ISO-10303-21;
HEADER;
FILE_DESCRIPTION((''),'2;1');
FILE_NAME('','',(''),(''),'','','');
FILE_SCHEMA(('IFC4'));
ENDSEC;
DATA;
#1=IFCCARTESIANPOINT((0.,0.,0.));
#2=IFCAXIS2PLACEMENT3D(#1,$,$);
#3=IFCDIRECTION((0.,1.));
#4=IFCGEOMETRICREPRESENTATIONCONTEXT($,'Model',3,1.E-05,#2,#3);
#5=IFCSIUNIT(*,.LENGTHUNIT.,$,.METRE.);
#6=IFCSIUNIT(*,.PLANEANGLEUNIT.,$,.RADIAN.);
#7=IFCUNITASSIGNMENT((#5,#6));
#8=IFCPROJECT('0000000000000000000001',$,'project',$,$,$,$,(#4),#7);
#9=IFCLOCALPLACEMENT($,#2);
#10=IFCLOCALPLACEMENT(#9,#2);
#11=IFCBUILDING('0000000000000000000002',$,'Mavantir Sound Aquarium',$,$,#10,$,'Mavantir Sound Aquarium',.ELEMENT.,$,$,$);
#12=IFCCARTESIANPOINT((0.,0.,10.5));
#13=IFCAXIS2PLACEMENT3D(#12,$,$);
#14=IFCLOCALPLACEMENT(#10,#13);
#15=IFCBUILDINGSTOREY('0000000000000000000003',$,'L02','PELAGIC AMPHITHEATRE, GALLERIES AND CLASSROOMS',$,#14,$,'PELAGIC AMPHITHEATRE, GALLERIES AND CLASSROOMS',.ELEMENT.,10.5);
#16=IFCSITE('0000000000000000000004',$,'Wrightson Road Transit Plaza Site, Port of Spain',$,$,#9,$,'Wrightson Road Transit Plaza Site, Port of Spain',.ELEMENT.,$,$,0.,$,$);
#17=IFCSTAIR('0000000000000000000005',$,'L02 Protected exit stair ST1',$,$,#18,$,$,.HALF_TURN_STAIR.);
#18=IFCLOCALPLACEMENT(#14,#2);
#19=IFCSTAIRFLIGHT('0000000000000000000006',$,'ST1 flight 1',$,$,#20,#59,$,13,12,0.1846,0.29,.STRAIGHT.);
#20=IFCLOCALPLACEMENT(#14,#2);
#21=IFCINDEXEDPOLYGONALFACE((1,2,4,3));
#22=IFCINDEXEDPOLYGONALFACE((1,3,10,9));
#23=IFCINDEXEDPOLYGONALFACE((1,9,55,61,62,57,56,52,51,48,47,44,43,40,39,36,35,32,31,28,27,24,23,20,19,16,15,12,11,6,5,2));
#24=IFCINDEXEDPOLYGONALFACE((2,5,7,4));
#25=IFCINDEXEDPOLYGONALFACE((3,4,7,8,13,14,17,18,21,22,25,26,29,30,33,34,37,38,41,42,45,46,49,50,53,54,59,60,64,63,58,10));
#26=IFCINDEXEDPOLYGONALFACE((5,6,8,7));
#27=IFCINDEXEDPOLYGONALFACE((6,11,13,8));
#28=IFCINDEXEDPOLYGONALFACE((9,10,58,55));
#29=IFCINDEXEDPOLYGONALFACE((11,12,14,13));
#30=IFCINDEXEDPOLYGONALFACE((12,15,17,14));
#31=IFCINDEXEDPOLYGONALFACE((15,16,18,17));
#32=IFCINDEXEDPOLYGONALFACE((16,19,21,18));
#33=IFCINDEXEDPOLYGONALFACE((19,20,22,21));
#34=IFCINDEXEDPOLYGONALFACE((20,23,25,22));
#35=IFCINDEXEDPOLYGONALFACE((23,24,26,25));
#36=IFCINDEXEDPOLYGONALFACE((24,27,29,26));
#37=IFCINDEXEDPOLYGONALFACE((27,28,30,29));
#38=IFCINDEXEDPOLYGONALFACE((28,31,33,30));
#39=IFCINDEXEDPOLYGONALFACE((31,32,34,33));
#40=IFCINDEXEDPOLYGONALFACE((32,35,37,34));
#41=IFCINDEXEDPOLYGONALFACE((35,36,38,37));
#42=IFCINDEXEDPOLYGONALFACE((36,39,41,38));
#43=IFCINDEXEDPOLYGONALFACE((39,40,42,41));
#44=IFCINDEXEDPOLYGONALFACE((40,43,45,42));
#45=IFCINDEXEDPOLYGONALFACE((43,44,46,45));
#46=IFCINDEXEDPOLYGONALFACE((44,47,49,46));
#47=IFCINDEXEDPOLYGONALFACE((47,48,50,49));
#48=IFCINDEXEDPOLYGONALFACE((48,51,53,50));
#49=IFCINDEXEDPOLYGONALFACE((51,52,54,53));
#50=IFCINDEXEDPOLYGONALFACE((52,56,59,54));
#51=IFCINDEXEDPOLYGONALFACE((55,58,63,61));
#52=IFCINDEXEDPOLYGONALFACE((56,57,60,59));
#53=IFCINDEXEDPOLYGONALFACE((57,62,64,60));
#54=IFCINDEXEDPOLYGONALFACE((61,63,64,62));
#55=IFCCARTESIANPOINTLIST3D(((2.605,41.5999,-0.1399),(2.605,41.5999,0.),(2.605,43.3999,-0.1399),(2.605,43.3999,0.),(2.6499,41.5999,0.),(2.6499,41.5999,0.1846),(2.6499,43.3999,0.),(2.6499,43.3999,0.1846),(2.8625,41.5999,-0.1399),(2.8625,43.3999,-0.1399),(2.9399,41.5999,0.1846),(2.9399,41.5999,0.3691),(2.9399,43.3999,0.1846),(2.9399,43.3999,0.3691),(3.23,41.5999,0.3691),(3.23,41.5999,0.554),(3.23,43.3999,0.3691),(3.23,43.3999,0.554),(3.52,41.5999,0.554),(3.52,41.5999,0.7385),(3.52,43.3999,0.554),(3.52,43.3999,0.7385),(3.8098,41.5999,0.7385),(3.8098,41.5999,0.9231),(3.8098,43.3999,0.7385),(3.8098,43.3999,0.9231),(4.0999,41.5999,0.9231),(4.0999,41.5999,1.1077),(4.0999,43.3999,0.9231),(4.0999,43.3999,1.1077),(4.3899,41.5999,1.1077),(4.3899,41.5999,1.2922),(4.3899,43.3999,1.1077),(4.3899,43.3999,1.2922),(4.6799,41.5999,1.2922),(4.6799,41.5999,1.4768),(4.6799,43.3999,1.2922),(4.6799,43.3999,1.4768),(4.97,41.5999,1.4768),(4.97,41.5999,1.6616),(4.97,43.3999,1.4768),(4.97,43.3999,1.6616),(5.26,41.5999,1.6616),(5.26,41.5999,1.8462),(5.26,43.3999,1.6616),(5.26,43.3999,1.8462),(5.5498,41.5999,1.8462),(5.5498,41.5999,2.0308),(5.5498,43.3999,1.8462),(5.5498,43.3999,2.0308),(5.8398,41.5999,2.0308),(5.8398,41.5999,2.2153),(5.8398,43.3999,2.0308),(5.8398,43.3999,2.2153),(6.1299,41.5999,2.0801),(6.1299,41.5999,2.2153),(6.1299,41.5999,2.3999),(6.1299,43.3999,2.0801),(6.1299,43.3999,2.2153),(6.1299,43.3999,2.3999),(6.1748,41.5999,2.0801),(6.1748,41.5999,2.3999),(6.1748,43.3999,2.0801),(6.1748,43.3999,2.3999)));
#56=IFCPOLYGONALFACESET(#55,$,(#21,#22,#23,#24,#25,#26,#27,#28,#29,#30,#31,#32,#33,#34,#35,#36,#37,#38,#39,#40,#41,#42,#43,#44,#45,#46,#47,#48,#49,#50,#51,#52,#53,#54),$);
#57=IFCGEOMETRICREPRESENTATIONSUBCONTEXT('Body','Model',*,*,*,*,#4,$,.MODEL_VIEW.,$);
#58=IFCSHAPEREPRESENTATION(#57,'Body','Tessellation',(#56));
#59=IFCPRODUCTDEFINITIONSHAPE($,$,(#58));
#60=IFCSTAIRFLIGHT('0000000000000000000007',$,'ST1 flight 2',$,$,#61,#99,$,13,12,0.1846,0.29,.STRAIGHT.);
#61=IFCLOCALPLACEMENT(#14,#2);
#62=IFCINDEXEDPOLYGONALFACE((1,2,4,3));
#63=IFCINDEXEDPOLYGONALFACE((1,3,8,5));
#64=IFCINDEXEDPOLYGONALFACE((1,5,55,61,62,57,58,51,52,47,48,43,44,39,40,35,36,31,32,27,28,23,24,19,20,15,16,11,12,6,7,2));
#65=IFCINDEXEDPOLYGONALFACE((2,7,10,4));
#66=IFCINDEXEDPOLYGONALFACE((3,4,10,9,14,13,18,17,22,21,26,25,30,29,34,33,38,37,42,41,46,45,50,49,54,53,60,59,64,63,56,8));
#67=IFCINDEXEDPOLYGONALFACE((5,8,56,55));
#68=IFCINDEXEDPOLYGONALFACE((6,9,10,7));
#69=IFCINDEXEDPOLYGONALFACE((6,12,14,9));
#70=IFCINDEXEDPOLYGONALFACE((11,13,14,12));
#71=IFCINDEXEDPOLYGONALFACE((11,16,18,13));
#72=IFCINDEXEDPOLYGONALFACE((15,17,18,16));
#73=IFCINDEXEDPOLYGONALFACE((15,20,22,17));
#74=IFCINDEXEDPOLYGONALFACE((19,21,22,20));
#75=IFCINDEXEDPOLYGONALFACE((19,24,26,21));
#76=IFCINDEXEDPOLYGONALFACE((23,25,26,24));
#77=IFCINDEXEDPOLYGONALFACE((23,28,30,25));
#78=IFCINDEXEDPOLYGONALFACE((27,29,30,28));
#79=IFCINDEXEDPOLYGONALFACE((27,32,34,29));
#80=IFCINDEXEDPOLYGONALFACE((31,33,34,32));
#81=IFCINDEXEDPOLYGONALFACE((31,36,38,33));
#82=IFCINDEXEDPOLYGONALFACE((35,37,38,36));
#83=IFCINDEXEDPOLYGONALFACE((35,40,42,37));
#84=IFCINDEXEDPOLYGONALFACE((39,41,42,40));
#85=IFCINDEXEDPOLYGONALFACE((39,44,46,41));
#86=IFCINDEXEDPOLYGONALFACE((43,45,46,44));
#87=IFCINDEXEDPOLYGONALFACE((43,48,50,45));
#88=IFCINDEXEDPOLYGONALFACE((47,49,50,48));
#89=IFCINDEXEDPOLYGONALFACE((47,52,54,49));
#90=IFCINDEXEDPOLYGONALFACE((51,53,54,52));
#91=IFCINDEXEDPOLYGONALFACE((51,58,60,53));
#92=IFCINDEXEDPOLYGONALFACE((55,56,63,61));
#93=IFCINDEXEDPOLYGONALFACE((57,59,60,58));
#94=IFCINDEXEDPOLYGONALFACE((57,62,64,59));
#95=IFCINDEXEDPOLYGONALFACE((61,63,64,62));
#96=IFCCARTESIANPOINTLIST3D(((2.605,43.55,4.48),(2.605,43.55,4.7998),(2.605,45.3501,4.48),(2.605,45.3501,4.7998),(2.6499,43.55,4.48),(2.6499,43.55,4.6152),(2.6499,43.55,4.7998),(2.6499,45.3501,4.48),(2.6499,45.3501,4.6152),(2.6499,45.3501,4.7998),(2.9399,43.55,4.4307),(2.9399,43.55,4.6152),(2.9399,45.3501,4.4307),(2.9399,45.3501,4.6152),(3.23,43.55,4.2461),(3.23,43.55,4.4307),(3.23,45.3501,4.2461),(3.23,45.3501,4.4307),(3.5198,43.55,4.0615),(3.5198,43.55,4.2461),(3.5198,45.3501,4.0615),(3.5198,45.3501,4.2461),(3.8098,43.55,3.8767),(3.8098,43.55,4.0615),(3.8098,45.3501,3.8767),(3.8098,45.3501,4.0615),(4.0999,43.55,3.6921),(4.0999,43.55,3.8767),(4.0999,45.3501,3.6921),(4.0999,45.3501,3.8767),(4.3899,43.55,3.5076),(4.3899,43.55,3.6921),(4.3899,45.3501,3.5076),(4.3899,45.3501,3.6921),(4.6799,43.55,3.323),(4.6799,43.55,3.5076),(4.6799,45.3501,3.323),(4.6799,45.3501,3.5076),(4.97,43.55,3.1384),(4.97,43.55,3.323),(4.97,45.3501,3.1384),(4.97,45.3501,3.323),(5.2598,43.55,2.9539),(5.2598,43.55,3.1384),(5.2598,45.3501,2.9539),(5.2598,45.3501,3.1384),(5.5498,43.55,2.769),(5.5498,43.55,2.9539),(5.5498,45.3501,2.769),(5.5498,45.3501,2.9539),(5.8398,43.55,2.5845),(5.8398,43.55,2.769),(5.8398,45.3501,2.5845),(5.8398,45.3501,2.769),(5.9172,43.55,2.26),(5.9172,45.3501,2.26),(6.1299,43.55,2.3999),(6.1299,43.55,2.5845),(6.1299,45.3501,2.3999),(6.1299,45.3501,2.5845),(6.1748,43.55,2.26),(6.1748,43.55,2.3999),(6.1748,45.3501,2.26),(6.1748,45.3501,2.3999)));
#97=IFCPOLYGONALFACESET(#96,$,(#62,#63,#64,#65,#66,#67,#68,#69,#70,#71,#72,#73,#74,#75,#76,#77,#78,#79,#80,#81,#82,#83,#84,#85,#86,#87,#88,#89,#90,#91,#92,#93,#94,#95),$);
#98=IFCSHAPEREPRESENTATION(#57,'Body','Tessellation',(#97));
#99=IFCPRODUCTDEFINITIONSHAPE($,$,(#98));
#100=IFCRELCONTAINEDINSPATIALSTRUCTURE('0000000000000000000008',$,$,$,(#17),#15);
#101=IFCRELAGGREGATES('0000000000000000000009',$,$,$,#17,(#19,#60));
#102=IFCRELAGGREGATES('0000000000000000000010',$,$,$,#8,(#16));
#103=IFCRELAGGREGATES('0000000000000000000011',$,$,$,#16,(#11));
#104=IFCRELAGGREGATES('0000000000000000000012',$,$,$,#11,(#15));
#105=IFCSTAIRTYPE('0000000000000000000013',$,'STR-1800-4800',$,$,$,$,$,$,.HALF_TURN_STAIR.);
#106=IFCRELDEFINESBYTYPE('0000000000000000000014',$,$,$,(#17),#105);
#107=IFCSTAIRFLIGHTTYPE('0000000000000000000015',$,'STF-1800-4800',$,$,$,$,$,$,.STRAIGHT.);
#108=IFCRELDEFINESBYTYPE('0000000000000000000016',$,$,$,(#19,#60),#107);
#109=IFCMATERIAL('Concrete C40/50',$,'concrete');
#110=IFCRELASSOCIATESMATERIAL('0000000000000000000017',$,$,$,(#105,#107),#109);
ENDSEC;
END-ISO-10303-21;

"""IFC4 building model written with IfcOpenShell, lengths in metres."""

from ifc_helpers import new_model, si_unit, direction, frame, origin, place, context, subcontext, project, spatial, polyline, outline, extrude, material, type_object, element, aggregate, save


model = new_model("IFC4")

# Units and contexts
model_context = context("Model", 3, precision=1e-05, world=origin(), true_north=direction((0.0, 1.0)))
body_context = subcontext(model_context, "Body", "Model", "MODEL_VIEW")
ifc_project = project(units=[si_unit("LENGTHUNIT", "METRE"), si_unit("PLANEANGLEUNIT", "RADIAN")], contexts=[model_context])

# Site, building, storey
site_placement = place(None, origin())
site = spatial("IfcSite", under=ifc_project, at=site_placement, Name="Wrightson Road Transit Plaza Site, Port of Spain", LongName="Wrightson Road Transit Plaza Site, Port of Spain", CompositionType="ELEMENT", RefElevation=0.0)
building_placement = place(site_placement, origin())
building = spatial("IfcBuilding", under=site, at=building_placement, Name="Mavantir Sound Aquarium", LongName="Mavantir Sound Aquarium", CompositionType="ELEMENT")
storey_placement = place(building_placement, frame((0.0, 0.0, 10.5)))
storey = spatial("IfcBuildingStorey", under=building, at=storey_placement, Name="L02", Description="PELAGIC AMPHITHEATRE, GALLERIES AND CLASSROOMS", LongName="PELAGIC AMPHITHEATRE, GALLERIES AND CLASSROOMS", CompositionType="ELEMENT", Elevation=10.5)

# Shared definitions
ifc_material_1 = material(Name="Concrete C40/50", Category="concrete")

# Stair, stair flights
stair_type = type_object("IfcStairType", Name="STR-1800-4800", PredefinedType="HALF_TURN_STAIR", material=ifc_material_1)
stair_placement = place(storey_placement, origin())
stair = element("IfcStair", 1, at=stair_placement, inside=storey, type_object=stair_type, Name="L02 Protected exit stair ST1", PredefinedType="HALF_TURN_STAIR")
stair_flight_type = type_object("IfcStairFlightType", Name="STF-1800-4800", PredefinedType="STRAIGHT", material=ifc_material_1)
stair_flight_1_placement = place(storey_placement, frame((2.6499, 42.5, 0.0), z_axis=(0.0, 0.0, 1.0), x_axis=(1.0, 0.0, 0.0)))
stair_flight_1 = element("IfcStairFlight", 2, at=stair_flight_1_placement, type_object=stair_flight_type, Name="ST1 flight 1", NumberOfRisers=13, NumberOfTreads=12, PredefinedType="STRAIGHT", RiserHeight=0.1846, TreadLength=0.29, context=body_context, shape_type="SweptSolid", body=[
    extrude(outline(polyline([(-0.0449, -0.1399), (-0.0449, 0.0), (0.0, 0.0), (0.0, 0.1846), (0.29, 0.1846), (0.29, 0.3691), (0.5801, 0.3691), (0.5801, 0.554), (0.8701, 0.554), (0.8701, 0.7385), (1.1599, 0.7385), (1.1599, 0.9231), (1.45, 0.9231), (1.45, 1.1077), (1.74, 1.1077), (1.74, 1.2922), (2.03, 1.2922), (2.03, 1.4768), (2.3201, 1.4768), (2.3201, 1.6616), (2.6101, 1.6616), (2.6101, 1.8462), (2.8999, 1.8462), (2.8999, 2.0308), (3.1899, 2.0308), (3.1899, 2.2153), (3.48, 2.2153), (3.48, 2.3999), (3.5249, 2.3999), (3.5249, 2.0801), (3.48, 2.0801), (0.2126, -0.1399), (-0.0449, -0.1399)])), frame((0.0, 0.8999, 0.0), z_axis=(0.0, -1.0, 0.0), x_axis=(1.0, 0.0, 0.0)), (0.0, 0.0, 1.0), 1.8),
])
stair_flight_2_placement = place(storey_placement, frame((6.1299, 44.45, 2.3999), z_axis=(0.0, 0.0, 1.0), x_axis=(-1.0, 0.0, 0.0)))
stair_flight_2 = element("IfcStairFlight", 3, at=stair_flight_2_placement, type_object=stair_flight_type, Name="ST1 flight 2", NumberOfRisers=13, NumberOfTreads=12, PredefinedType="STRAIGHT", RiserHeight=0.1846, TreadLength=0.29, context=body_context, shape_type="SweptSolid", body=[
    extrude(outline(polyline([(-0.0449, -0.1399), (-0.0449, 0.0), (0.0, 0.0), (0.0, 0.1846), (0.29, 0.1846), (0.29, 0.3691), (0.5801, 0.3691), (0.5801, 0.554), (0.8701, 0.554), (0.8701, 0.7385), (1.1599, 0.7385), (1.1599, 0.9231), (1.45, 0.9231), (1.45, 1.1077), (1.74, 1.1077), (1.74, 1.2922), (2.03, 1.2922), (2.03, 1.4768), (2.3201, 1.4768), (2.3201, 1.6616), (2.6101, 1.6616), (2.6101, 1.8462), (2.8999, 1.8462), (2.8999, 2.0308), (3.1899, 2.0308), (3.1899, 2.2153), (3.48, 2.2153), (3.48, 2.3999), (3.5249, 2.3999), (3.5249, 2.0801), (3.48, 2.0801), (0.2126, -0.1399), (-0.0449, -0.1399)])), frame((0.0, 0.8999, 0.0), z_axis=(0.0, -1.0, 0.0), x_axis=(1.0, 0.0, 0.0)), (0.0, 0.0, 1.0), 1.8),
])
aggregate(stair, [stair_flight_1, stair_flight_2])

save(model, "model.ifc")
